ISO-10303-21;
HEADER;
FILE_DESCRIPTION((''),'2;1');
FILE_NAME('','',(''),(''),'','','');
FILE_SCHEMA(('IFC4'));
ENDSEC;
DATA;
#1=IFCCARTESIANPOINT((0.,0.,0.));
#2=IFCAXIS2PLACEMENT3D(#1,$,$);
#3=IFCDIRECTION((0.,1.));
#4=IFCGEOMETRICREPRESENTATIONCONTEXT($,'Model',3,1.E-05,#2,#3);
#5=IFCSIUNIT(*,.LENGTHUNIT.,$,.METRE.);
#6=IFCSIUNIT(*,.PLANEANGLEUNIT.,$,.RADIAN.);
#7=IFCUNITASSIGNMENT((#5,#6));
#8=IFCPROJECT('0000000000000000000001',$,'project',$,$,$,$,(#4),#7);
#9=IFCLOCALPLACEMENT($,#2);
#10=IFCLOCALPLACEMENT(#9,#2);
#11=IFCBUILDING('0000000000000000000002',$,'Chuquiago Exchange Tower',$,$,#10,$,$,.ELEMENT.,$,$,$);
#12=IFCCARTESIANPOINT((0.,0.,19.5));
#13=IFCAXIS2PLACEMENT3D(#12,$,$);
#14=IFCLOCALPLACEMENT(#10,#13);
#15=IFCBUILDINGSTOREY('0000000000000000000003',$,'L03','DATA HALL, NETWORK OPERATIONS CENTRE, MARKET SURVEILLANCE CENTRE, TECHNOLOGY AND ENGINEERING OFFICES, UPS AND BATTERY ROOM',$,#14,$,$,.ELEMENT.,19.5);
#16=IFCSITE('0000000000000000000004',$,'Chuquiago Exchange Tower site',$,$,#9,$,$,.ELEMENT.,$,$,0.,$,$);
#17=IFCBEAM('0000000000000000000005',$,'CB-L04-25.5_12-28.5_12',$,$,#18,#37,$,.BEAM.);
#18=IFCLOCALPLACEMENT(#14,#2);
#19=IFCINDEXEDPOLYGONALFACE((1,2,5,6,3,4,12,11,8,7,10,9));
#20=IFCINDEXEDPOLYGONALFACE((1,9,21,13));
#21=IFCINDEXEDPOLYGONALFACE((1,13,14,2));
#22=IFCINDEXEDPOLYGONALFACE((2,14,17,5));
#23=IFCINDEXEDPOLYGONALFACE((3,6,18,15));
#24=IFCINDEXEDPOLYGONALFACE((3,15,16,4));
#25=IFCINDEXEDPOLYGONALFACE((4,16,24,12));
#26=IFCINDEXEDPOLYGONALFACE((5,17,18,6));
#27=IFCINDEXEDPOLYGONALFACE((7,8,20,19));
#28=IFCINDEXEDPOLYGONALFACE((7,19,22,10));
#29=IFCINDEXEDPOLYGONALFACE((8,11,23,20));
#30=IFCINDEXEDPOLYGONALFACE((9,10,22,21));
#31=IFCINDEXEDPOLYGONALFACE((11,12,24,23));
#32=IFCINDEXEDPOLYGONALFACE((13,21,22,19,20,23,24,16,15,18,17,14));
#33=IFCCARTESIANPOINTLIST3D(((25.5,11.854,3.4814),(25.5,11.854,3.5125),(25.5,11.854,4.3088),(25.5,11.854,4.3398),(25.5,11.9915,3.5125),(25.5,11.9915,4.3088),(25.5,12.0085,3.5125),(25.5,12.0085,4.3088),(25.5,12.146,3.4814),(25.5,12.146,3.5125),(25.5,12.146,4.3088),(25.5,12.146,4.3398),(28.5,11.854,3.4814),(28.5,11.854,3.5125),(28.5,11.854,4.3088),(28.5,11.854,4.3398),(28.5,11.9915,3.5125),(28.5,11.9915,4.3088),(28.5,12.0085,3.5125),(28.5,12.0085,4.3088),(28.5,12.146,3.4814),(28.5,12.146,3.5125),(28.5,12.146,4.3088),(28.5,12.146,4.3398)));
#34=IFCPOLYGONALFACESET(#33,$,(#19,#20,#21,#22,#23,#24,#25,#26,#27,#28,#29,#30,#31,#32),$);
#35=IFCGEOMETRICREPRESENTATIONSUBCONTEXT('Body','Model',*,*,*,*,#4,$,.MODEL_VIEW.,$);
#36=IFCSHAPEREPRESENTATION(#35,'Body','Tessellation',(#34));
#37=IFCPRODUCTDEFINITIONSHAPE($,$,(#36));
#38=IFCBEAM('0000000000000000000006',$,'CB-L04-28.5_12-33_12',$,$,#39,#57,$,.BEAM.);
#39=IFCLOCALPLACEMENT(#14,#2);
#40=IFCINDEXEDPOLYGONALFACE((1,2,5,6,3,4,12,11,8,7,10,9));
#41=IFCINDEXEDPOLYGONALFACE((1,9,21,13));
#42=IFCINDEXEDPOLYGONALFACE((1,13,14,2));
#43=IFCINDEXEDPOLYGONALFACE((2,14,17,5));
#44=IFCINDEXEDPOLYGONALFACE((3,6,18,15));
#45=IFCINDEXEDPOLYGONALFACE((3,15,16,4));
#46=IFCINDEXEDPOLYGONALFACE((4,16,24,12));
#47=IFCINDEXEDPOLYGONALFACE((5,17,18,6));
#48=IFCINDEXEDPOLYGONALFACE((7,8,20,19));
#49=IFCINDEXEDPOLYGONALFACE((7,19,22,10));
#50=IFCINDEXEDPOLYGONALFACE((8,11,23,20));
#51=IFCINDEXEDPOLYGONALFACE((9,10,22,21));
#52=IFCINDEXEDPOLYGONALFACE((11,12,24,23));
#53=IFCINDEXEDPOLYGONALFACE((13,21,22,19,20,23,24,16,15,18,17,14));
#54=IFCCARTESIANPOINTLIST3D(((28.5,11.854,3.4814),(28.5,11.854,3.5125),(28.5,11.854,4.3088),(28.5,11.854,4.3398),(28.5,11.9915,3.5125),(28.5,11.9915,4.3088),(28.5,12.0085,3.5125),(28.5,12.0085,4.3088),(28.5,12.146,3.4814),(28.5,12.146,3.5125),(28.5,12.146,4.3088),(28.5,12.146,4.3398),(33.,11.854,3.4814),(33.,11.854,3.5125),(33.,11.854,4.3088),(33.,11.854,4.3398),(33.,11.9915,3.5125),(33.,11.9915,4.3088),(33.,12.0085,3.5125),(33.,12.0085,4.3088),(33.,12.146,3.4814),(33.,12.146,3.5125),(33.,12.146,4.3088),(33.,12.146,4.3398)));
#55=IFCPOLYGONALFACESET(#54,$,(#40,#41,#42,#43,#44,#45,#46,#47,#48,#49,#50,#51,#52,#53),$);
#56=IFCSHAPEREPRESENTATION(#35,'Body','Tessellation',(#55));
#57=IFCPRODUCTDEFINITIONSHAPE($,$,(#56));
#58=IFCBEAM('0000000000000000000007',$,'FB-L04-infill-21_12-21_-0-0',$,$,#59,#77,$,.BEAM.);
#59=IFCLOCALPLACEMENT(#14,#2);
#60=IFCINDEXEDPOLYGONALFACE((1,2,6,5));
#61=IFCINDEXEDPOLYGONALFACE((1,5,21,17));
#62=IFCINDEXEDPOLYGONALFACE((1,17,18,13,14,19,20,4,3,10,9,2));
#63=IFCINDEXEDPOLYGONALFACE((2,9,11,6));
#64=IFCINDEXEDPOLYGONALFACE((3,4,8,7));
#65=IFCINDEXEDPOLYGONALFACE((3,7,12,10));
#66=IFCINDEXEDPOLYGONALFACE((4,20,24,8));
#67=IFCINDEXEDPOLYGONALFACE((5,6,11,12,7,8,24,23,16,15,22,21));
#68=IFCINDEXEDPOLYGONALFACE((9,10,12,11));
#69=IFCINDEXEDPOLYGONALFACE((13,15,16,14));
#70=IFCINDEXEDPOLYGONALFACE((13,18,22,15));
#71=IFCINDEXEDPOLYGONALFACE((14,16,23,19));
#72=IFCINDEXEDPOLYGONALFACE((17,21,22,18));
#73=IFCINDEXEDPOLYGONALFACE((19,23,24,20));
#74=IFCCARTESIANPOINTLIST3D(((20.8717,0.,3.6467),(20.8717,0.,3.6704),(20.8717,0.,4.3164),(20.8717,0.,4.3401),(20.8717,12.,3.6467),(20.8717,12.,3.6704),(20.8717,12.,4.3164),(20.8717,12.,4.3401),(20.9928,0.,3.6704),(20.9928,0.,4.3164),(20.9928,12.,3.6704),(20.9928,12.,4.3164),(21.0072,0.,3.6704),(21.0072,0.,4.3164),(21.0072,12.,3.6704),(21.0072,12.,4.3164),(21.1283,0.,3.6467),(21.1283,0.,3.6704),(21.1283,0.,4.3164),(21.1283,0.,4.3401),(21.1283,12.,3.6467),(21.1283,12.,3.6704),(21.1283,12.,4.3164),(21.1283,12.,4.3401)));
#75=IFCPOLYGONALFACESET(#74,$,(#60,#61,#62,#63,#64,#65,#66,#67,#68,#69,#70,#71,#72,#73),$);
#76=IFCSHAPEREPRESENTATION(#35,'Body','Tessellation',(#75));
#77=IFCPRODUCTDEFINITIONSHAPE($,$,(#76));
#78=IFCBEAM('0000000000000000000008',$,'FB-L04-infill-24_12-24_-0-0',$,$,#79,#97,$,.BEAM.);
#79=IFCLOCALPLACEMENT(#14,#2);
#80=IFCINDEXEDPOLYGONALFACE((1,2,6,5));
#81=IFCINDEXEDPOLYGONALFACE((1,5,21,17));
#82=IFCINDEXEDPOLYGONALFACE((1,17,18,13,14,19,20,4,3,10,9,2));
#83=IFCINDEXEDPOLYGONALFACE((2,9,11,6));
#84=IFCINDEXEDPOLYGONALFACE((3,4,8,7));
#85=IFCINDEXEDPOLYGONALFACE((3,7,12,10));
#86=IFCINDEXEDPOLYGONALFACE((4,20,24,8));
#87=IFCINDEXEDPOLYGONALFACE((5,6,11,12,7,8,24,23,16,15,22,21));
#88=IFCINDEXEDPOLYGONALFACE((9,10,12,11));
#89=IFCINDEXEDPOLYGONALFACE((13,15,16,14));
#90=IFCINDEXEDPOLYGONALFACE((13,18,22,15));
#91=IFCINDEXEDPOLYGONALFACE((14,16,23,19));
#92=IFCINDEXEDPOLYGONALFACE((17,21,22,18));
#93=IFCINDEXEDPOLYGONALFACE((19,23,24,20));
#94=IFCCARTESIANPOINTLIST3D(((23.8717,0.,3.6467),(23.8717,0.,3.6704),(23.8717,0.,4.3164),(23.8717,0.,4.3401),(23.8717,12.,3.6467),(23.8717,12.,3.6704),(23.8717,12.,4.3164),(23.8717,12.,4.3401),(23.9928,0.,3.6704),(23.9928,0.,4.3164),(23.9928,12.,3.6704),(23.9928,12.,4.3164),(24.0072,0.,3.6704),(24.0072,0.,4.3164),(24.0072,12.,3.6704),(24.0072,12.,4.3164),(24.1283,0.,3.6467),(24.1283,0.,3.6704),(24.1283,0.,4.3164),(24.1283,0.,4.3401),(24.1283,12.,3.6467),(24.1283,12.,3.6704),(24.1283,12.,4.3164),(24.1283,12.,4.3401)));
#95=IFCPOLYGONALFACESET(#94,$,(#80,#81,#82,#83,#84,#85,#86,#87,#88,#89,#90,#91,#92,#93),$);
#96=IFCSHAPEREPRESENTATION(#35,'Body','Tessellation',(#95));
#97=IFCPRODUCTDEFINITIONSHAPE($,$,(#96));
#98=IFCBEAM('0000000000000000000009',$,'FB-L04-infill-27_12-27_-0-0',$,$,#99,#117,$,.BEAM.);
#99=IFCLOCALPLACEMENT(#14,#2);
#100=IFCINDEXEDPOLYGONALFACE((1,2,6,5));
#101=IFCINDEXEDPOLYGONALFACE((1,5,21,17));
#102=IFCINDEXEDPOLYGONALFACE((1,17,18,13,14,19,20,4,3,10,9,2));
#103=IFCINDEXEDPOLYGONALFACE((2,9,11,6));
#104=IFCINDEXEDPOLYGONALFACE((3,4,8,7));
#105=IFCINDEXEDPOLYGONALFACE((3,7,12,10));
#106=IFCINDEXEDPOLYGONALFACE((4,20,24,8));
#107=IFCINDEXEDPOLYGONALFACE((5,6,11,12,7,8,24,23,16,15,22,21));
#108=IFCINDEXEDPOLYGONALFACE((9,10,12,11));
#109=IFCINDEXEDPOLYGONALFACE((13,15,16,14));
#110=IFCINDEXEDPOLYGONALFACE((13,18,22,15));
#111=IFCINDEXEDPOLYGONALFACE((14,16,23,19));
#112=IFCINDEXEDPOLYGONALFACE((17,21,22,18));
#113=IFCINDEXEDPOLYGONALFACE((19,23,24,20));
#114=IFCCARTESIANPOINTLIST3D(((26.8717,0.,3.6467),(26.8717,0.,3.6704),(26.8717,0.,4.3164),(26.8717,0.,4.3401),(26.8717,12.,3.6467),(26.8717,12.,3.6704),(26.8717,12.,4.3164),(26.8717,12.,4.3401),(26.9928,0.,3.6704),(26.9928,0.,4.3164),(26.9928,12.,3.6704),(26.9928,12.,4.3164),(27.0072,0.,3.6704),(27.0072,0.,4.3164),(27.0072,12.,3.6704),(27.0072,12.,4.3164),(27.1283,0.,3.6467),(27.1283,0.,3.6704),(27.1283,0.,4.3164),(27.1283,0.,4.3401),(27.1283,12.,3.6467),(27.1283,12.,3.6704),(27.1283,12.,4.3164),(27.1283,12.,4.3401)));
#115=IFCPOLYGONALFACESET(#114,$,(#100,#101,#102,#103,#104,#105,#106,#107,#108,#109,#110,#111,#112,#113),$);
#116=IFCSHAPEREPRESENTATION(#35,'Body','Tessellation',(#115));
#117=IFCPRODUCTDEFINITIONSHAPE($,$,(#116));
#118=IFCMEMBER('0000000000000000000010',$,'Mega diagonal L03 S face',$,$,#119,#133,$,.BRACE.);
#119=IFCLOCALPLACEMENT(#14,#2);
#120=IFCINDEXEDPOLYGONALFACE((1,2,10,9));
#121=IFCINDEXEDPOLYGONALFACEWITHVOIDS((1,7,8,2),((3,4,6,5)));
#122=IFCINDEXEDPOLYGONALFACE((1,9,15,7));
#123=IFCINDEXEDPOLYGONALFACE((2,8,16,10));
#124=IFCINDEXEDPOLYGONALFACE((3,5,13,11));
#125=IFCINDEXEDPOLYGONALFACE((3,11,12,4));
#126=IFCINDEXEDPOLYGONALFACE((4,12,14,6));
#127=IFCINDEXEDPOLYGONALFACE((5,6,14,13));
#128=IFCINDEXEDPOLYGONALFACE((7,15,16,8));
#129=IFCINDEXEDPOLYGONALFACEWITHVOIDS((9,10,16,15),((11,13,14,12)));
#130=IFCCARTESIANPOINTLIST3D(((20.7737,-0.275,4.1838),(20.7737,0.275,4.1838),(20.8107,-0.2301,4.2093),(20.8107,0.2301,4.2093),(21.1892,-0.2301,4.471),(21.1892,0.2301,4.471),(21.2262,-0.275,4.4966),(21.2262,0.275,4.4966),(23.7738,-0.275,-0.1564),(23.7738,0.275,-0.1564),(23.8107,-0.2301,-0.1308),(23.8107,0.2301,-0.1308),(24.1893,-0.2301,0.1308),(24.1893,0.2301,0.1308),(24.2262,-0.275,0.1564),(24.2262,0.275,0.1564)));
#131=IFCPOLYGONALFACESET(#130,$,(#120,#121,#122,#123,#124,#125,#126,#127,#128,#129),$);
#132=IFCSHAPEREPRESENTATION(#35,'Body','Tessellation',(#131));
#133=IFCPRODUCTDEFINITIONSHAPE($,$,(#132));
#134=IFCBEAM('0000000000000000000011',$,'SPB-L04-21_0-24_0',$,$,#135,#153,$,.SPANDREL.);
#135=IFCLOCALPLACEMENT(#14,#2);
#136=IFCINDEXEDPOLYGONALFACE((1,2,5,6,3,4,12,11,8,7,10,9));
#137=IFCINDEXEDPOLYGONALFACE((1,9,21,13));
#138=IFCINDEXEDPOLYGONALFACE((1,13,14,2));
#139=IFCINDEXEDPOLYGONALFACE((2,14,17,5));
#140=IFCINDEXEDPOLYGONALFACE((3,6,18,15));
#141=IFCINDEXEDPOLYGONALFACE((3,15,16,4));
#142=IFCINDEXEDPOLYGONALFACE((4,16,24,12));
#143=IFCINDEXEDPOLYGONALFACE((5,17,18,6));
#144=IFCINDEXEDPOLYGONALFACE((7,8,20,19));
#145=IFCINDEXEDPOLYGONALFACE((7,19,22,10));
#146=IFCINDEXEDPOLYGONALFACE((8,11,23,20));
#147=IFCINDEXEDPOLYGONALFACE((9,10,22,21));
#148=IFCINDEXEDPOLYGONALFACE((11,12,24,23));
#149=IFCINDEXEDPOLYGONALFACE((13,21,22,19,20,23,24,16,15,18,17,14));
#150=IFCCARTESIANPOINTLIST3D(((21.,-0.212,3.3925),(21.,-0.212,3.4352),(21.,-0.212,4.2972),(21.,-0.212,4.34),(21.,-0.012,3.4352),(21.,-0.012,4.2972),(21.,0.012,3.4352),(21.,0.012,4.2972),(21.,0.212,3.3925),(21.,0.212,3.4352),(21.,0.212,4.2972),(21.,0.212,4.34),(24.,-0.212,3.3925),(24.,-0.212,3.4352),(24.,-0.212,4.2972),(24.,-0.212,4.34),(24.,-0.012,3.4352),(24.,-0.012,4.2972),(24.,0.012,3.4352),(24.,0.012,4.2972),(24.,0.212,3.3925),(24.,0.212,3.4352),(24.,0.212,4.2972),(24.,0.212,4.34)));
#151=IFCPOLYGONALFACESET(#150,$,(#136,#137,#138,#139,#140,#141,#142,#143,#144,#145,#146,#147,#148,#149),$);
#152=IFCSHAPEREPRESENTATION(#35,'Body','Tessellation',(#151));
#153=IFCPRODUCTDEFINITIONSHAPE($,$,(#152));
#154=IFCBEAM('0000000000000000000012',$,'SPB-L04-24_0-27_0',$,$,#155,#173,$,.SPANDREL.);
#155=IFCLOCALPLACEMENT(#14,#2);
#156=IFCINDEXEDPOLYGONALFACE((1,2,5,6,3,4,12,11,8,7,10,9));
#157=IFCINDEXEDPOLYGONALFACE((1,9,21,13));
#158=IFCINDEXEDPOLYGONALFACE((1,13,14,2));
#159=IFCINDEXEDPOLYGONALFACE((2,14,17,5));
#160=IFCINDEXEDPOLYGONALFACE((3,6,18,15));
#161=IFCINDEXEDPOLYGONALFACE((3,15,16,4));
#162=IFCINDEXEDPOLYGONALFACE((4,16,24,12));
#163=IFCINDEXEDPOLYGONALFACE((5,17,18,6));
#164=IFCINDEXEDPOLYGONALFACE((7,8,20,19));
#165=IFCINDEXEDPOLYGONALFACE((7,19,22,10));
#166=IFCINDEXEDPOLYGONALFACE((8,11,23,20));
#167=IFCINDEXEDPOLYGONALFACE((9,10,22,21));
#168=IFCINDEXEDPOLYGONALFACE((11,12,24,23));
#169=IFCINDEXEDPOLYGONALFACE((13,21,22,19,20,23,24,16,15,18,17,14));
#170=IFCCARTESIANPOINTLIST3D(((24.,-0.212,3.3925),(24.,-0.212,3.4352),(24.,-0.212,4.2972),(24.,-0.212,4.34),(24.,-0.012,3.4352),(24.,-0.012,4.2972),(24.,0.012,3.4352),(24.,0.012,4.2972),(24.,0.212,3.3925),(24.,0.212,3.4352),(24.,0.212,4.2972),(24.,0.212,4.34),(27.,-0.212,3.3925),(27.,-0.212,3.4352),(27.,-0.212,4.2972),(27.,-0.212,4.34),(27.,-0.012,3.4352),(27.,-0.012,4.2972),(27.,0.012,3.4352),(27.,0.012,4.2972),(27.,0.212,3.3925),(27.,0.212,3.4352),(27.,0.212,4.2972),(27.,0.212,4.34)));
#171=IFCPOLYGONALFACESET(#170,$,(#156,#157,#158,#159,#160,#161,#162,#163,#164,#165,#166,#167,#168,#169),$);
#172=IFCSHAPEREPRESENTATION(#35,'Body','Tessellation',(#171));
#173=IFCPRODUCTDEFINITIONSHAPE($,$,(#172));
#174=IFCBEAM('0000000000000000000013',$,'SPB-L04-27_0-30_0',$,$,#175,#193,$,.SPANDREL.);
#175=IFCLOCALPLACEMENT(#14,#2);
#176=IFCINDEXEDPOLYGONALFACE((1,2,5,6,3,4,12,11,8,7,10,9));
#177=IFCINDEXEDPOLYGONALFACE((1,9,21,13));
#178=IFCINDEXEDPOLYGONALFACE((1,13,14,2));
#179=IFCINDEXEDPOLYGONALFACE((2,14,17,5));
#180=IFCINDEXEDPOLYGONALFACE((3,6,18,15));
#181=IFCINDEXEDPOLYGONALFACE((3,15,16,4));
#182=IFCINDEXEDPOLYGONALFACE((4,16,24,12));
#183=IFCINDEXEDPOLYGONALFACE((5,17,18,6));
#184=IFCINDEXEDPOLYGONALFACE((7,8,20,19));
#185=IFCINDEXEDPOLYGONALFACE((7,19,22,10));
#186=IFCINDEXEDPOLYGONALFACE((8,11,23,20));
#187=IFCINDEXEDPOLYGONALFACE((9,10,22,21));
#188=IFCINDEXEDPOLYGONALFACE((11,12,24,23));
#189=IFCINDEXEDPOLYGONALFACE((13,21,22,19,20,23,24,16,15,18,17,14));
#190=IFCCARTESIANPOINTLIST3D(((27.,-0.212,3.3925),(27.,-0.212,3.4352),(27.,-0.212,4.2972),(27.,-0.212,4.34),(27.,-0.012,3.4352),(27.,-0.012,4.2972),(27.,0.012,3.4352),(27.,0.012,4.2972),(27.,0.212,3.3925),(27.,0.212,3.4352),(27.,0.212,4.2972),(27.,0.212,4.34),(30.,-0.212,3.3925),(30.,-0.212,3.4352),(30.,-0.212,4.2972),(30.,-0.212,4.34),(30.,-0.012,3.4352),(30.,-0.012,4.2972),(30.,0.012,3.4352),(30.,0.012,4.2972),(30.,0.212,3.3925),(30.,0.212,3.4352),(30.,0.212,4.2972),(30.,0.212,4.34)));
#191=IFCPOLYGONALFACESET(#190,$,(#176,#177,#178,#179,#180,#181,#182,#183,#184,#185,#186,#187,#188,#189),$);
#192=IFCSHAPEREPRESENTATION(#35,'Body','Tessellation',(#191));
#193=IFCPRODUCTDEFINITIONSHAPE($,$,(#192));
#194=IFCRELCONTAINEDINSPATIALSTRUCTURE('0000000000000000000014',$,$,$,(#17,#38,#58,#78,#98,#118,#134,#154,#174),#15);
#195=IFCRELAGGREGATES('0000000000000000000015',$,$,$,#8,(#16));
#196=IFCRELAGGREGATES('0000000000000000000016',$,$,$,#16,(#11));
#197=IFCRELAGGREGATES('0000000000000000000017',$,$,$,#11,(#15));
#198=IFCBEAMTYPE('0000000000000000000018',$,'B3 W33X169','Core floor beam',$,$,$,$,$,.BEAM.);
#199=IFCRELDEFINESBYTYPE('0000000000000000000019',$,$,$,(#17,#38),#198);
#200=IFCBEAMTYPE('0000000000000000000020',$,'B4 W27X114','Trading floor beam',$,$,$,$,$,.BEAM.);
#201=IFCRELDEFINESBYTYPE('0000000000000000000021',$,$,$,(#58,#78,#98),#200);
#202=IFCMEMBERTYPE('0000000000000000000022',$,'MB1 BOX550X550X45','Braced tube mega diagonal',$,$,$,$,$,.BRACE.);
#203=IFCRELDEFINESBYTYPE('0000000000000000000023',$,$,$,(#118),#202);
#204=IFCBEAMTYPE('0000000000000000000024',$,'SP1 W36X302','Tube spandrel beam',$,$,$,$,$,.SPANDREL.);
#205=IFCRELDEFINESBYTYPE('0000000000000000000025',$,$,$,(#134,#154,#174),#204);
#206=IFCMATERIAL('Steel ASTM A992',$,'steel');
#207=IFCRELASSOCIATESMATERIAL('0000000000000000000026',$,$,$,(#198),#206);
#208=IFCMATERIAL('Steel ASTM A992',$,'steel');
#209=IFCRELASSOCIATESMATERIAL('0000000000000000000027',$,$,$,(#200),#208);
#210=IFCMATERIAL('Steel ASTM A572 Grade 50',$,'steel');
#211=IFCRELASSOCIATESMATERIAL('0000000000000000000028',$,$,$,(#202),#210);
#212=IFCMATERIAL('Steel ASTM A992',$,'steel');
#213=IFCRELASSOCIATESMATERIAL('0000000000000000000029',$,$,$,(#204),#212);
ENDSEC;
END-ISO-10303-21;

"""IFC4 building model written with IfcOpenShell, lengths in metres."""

from ifc_helpers import new_model, si_unit, direction, frame, origin, origin_2d, place, context, subcontext, project, spatial, hollow_rectangle, i_section, extrude, material, material_profile, profile_set, type_object, element, save


model = new_model("IFC4")

# Units and contexts
model_context = context("Model", 3, precision=1e-05, world=origin(), true_north=direction((0.0, 1.0)))
body_context = subcontext(model_context, "Body", "Model", "MODEL_VIEW")
ifc_project = project(units=[si_unit("LENGTHUNIT", "METRE"), si_unit("PLANEANGLEUNIT", "RADIAN")], contexts=[model_context])

# Site, building, storey
site_placement = place(None, origin())
site = spatial("IfcSite", under=ifc_project, at=site_placement, Name="Chuquiago Exchange Tower site", CompositionType="ELEMENT", RefElevation=0.0)
building_placement = place(site_placement, origin())
building = spatial("IfcBuilding", under=site, at=building_placement, Name="Chuquiago Exchange Tower", CompositionType="ELEMENT")
storey_placement = place(building_placement, frame((0.0, 0.0, 19.5)))
storey = spatial("IfcBuildingStorey", under=building, at=storey_placement, Name="L03", Description="DATA HALL, NETWORK OPERATIONS CENTRE, MARKET SURVEILLANCE CENTRE, TECHNOLOGY AND ENGINEERING OFFICES, UPS AND BATTERY ROOM", CompositionType="ELEMENT", Elevation=19.5)

# Beams
ifc_material_1 = material(Name="Steel ASTM A992", Category="steel")
ifc_material_profile_1 = material_profile(ifc_material_1, i_section(OverallWidth=0.292, OverallDepth=0.8584, WebThickness=0.0171, FlangeThickness=0.031, at=origin_2d()), Name="W33X169")
ifc_profile_set_1 = profile_set([ifc_material_profile_1], Name="Steel ASTM A992")
beam_type_1 = type_object("IfcBeamType", Name="B3 W33X169", Description="Core floor beam", PredefinedType="BEAM", material=ifc_profile_set_1)
beam_1_placement = place(storey_placement, frame((25.5, 12.0, 3.9106), z_axis=(1.0, 0.0, 0.0), x_axis=(0.0, 1.0, 0.0)))
element("IfcBeam", 1, at=beam_1_placement, inside=storey, type_object=beam_type_1, Name="CB-L04-25.5_12-28.5_12", PredefinedType="BEAM", context=body_context, shape_type="SweptSolid", body=[
    extrude(i_section(OverallWidth=0.292, OverallDepth=0.8584, WebThickness=0.0171, FlangeThickness=0.031, at=origin_2d()), origin(), (0.0, 0.0, 1.0), 3.0),
])
beam_2_placement = place(storey_placement, frame((28.5, 12.0, 3.9106), z_axis=(1.0, 0.0, 0.0), x_axis=(0.0, 1.0, 0.0)))
element("IfcBeam", 2, at=beam_2_placement, inside=storey, type_object=beam_type_1, Name="CB-L04-28.5_12-33_12", PredefinedType="BEAM", context=body_context, shape_type="SweptSolid", body=[
    extrude(i_section(OverallWidth=0.292, OverallDepth=0.8584, WebThickness=0.0171, FlangeThickness=0.031, at=origin_2d()), origin(), (0.0, 0.0, 1.0), 4.5),
])
ifc_material_2 = material(Name="Steel ASTM A992", Category="steel")
ifc_material_profile_2 = material_profile(ifc_material_2, i_section(OverallWidth=0.2566, OverallDepth=0.6934, WebThickness=0.0144, FlangeThickness=0.0237, at=origin_2d()), Name="W27X114")
ifc_profile_set_2 = profile_set([ifc_material_profile_2], Name="Steel ASTM A992")
beam_type_2 = type_object("IfcBeamType", Name="B4 W27X114", Description="Trading floor beam", PredefinedType="BEAM", material=ifc_profile_set_2)
for number, where, z_axis, x_axis, name in (
    (3, (21.0, 12.0, 3.9934), (0.0, -1.0, 0.0), (1.0, 0.0, 0.0), "FB-L04-infill-21_12-21_-0-0"),
    (4, (24.0, 12.0, 3.9934), (0.0, -1.0, 0.0), (1.0, 0.0, 0.0), "FB-L04-infill-24_12-24_-0-0"),
    (5, (27.0, 12.0, 3.9934), (0.0, -1.0, 0.0), (1.0, 0.0, 0.0), "FB-L04-infill-27_12-27_-0-0"),
):
    element("IfcBeam", number, at=place(storey_placement, frame(where, z_axis=z_axis, x_axis=x_axis)), inside=storey, type_object=beam_type_2, Name=name, PredefinedType="BEAM", context=body_context, shape_type="SweptSolid", body=[
        extrude(i_section(OverallWidth=0.2566, OverallDepth=0.6934, WebThickness=0.0144, FlangeThickness=0.0237, at=origin_2d()), origin(), (0.0, 0.0, 1.0), 12.0),
    ])

# Member
ifc_material_3 = material(Name="Steel ASTM A572 Grade 50", Category="steel")
ifc_material_profile_3 = material_profile(ifc_material_3, hollow_rectangle(XDim=0.55, YDim=0.55, WallThickness=0.0449, at=origin_2d()), Name="BOX550X550X45")
ifc_profile_set_3 = profile_set([ifc_material_profile_3], Name="Steel ASTM A572 Grade 50")
member_type = type_object("IfcMemberType", Name="MB1 BOX550X550X45", Description="Braced tube mega diagonal", PredefinedType="BRACE", material=ifc_profile_set_3)
member_placement = place(storey_placement, frame((24.0, 0.0, 0.0), z_axis=(-0.568611, 0.0, 0.822607), x_axis=(0.0, -1.0, 0.0)))
element("IfcMember", 6, at=member_placement, inside=storey, type_object=member_type, Name="Mega diagonal L03 S face", PredefinedType="BRACE", context=body_context, shape_type="SweptSolid", body=[
    extrude(hollow_rectangle(XDim=0.55, YDim=0.55, WallThickness=0.0449, at=origin_2d()), origin(), (0.0, 0.0, 1.0), 5.2761),
])

# Beams
ifc_material_4 = material(Name="Steel ASTM A992", Category="steel")
ifc_material_profile_4 = material_profile(ifc_material_4, i_section(OverallWidth=0.4241, OverallDepth=0.9475, WebThickness=0.0239, FlangeThickness=0.0427, at=origin_2d()), Name="W36X302")
ifc_profile_set_4 = profile_set([ifc_material_profile_4], Name="Steel ASTM A992")
beam_type_3 = type_object("IfcBeamType", Name="SP1 W36X302", Description="Tube spandrel beam", PredefinedType="SPANDREL", material=ifc_profile_set_4)
for number, where, z_axis, x_axis, name in (
    (7, (21.0, 0.0, 3.8662), (1.0, 0.0, 0.0), (0.0, 1.0, 0.0), "SPB-L04-21_0-24_0"),
    (8, (24.0, 0.0, 3.8662), (1.0, 0.0, 0.0), (0.0, 1.0, 0.0), "SPB-L04-24_0-27_0"),
    (9, (27.0, 0.0, 3.8662), (1.0, 0.0, 0.0), (0.0, 1.0, 0.0), "SPB-L04-27_0-30_0"),
):
    element("IfcBeam", number, at=place(storey_placement, frame(where, z_axis=z_axis, x_axis=x_axis)), inside=storey, type_object=beam_type_3, Name=name, PredefinedType="SPANDREL", context=body_context, shape_type="SweptSolid", body=[
        extrude(i_section(OverallWidth=0.4241, OverallDepth=0.9475, WebThickness=0.0239, FlangeThickness=0.0427, at=origin_2d()), origin(), (0.0, 0.0, 1.0), 3.0),
    ])

save(model, "model.ifc")
